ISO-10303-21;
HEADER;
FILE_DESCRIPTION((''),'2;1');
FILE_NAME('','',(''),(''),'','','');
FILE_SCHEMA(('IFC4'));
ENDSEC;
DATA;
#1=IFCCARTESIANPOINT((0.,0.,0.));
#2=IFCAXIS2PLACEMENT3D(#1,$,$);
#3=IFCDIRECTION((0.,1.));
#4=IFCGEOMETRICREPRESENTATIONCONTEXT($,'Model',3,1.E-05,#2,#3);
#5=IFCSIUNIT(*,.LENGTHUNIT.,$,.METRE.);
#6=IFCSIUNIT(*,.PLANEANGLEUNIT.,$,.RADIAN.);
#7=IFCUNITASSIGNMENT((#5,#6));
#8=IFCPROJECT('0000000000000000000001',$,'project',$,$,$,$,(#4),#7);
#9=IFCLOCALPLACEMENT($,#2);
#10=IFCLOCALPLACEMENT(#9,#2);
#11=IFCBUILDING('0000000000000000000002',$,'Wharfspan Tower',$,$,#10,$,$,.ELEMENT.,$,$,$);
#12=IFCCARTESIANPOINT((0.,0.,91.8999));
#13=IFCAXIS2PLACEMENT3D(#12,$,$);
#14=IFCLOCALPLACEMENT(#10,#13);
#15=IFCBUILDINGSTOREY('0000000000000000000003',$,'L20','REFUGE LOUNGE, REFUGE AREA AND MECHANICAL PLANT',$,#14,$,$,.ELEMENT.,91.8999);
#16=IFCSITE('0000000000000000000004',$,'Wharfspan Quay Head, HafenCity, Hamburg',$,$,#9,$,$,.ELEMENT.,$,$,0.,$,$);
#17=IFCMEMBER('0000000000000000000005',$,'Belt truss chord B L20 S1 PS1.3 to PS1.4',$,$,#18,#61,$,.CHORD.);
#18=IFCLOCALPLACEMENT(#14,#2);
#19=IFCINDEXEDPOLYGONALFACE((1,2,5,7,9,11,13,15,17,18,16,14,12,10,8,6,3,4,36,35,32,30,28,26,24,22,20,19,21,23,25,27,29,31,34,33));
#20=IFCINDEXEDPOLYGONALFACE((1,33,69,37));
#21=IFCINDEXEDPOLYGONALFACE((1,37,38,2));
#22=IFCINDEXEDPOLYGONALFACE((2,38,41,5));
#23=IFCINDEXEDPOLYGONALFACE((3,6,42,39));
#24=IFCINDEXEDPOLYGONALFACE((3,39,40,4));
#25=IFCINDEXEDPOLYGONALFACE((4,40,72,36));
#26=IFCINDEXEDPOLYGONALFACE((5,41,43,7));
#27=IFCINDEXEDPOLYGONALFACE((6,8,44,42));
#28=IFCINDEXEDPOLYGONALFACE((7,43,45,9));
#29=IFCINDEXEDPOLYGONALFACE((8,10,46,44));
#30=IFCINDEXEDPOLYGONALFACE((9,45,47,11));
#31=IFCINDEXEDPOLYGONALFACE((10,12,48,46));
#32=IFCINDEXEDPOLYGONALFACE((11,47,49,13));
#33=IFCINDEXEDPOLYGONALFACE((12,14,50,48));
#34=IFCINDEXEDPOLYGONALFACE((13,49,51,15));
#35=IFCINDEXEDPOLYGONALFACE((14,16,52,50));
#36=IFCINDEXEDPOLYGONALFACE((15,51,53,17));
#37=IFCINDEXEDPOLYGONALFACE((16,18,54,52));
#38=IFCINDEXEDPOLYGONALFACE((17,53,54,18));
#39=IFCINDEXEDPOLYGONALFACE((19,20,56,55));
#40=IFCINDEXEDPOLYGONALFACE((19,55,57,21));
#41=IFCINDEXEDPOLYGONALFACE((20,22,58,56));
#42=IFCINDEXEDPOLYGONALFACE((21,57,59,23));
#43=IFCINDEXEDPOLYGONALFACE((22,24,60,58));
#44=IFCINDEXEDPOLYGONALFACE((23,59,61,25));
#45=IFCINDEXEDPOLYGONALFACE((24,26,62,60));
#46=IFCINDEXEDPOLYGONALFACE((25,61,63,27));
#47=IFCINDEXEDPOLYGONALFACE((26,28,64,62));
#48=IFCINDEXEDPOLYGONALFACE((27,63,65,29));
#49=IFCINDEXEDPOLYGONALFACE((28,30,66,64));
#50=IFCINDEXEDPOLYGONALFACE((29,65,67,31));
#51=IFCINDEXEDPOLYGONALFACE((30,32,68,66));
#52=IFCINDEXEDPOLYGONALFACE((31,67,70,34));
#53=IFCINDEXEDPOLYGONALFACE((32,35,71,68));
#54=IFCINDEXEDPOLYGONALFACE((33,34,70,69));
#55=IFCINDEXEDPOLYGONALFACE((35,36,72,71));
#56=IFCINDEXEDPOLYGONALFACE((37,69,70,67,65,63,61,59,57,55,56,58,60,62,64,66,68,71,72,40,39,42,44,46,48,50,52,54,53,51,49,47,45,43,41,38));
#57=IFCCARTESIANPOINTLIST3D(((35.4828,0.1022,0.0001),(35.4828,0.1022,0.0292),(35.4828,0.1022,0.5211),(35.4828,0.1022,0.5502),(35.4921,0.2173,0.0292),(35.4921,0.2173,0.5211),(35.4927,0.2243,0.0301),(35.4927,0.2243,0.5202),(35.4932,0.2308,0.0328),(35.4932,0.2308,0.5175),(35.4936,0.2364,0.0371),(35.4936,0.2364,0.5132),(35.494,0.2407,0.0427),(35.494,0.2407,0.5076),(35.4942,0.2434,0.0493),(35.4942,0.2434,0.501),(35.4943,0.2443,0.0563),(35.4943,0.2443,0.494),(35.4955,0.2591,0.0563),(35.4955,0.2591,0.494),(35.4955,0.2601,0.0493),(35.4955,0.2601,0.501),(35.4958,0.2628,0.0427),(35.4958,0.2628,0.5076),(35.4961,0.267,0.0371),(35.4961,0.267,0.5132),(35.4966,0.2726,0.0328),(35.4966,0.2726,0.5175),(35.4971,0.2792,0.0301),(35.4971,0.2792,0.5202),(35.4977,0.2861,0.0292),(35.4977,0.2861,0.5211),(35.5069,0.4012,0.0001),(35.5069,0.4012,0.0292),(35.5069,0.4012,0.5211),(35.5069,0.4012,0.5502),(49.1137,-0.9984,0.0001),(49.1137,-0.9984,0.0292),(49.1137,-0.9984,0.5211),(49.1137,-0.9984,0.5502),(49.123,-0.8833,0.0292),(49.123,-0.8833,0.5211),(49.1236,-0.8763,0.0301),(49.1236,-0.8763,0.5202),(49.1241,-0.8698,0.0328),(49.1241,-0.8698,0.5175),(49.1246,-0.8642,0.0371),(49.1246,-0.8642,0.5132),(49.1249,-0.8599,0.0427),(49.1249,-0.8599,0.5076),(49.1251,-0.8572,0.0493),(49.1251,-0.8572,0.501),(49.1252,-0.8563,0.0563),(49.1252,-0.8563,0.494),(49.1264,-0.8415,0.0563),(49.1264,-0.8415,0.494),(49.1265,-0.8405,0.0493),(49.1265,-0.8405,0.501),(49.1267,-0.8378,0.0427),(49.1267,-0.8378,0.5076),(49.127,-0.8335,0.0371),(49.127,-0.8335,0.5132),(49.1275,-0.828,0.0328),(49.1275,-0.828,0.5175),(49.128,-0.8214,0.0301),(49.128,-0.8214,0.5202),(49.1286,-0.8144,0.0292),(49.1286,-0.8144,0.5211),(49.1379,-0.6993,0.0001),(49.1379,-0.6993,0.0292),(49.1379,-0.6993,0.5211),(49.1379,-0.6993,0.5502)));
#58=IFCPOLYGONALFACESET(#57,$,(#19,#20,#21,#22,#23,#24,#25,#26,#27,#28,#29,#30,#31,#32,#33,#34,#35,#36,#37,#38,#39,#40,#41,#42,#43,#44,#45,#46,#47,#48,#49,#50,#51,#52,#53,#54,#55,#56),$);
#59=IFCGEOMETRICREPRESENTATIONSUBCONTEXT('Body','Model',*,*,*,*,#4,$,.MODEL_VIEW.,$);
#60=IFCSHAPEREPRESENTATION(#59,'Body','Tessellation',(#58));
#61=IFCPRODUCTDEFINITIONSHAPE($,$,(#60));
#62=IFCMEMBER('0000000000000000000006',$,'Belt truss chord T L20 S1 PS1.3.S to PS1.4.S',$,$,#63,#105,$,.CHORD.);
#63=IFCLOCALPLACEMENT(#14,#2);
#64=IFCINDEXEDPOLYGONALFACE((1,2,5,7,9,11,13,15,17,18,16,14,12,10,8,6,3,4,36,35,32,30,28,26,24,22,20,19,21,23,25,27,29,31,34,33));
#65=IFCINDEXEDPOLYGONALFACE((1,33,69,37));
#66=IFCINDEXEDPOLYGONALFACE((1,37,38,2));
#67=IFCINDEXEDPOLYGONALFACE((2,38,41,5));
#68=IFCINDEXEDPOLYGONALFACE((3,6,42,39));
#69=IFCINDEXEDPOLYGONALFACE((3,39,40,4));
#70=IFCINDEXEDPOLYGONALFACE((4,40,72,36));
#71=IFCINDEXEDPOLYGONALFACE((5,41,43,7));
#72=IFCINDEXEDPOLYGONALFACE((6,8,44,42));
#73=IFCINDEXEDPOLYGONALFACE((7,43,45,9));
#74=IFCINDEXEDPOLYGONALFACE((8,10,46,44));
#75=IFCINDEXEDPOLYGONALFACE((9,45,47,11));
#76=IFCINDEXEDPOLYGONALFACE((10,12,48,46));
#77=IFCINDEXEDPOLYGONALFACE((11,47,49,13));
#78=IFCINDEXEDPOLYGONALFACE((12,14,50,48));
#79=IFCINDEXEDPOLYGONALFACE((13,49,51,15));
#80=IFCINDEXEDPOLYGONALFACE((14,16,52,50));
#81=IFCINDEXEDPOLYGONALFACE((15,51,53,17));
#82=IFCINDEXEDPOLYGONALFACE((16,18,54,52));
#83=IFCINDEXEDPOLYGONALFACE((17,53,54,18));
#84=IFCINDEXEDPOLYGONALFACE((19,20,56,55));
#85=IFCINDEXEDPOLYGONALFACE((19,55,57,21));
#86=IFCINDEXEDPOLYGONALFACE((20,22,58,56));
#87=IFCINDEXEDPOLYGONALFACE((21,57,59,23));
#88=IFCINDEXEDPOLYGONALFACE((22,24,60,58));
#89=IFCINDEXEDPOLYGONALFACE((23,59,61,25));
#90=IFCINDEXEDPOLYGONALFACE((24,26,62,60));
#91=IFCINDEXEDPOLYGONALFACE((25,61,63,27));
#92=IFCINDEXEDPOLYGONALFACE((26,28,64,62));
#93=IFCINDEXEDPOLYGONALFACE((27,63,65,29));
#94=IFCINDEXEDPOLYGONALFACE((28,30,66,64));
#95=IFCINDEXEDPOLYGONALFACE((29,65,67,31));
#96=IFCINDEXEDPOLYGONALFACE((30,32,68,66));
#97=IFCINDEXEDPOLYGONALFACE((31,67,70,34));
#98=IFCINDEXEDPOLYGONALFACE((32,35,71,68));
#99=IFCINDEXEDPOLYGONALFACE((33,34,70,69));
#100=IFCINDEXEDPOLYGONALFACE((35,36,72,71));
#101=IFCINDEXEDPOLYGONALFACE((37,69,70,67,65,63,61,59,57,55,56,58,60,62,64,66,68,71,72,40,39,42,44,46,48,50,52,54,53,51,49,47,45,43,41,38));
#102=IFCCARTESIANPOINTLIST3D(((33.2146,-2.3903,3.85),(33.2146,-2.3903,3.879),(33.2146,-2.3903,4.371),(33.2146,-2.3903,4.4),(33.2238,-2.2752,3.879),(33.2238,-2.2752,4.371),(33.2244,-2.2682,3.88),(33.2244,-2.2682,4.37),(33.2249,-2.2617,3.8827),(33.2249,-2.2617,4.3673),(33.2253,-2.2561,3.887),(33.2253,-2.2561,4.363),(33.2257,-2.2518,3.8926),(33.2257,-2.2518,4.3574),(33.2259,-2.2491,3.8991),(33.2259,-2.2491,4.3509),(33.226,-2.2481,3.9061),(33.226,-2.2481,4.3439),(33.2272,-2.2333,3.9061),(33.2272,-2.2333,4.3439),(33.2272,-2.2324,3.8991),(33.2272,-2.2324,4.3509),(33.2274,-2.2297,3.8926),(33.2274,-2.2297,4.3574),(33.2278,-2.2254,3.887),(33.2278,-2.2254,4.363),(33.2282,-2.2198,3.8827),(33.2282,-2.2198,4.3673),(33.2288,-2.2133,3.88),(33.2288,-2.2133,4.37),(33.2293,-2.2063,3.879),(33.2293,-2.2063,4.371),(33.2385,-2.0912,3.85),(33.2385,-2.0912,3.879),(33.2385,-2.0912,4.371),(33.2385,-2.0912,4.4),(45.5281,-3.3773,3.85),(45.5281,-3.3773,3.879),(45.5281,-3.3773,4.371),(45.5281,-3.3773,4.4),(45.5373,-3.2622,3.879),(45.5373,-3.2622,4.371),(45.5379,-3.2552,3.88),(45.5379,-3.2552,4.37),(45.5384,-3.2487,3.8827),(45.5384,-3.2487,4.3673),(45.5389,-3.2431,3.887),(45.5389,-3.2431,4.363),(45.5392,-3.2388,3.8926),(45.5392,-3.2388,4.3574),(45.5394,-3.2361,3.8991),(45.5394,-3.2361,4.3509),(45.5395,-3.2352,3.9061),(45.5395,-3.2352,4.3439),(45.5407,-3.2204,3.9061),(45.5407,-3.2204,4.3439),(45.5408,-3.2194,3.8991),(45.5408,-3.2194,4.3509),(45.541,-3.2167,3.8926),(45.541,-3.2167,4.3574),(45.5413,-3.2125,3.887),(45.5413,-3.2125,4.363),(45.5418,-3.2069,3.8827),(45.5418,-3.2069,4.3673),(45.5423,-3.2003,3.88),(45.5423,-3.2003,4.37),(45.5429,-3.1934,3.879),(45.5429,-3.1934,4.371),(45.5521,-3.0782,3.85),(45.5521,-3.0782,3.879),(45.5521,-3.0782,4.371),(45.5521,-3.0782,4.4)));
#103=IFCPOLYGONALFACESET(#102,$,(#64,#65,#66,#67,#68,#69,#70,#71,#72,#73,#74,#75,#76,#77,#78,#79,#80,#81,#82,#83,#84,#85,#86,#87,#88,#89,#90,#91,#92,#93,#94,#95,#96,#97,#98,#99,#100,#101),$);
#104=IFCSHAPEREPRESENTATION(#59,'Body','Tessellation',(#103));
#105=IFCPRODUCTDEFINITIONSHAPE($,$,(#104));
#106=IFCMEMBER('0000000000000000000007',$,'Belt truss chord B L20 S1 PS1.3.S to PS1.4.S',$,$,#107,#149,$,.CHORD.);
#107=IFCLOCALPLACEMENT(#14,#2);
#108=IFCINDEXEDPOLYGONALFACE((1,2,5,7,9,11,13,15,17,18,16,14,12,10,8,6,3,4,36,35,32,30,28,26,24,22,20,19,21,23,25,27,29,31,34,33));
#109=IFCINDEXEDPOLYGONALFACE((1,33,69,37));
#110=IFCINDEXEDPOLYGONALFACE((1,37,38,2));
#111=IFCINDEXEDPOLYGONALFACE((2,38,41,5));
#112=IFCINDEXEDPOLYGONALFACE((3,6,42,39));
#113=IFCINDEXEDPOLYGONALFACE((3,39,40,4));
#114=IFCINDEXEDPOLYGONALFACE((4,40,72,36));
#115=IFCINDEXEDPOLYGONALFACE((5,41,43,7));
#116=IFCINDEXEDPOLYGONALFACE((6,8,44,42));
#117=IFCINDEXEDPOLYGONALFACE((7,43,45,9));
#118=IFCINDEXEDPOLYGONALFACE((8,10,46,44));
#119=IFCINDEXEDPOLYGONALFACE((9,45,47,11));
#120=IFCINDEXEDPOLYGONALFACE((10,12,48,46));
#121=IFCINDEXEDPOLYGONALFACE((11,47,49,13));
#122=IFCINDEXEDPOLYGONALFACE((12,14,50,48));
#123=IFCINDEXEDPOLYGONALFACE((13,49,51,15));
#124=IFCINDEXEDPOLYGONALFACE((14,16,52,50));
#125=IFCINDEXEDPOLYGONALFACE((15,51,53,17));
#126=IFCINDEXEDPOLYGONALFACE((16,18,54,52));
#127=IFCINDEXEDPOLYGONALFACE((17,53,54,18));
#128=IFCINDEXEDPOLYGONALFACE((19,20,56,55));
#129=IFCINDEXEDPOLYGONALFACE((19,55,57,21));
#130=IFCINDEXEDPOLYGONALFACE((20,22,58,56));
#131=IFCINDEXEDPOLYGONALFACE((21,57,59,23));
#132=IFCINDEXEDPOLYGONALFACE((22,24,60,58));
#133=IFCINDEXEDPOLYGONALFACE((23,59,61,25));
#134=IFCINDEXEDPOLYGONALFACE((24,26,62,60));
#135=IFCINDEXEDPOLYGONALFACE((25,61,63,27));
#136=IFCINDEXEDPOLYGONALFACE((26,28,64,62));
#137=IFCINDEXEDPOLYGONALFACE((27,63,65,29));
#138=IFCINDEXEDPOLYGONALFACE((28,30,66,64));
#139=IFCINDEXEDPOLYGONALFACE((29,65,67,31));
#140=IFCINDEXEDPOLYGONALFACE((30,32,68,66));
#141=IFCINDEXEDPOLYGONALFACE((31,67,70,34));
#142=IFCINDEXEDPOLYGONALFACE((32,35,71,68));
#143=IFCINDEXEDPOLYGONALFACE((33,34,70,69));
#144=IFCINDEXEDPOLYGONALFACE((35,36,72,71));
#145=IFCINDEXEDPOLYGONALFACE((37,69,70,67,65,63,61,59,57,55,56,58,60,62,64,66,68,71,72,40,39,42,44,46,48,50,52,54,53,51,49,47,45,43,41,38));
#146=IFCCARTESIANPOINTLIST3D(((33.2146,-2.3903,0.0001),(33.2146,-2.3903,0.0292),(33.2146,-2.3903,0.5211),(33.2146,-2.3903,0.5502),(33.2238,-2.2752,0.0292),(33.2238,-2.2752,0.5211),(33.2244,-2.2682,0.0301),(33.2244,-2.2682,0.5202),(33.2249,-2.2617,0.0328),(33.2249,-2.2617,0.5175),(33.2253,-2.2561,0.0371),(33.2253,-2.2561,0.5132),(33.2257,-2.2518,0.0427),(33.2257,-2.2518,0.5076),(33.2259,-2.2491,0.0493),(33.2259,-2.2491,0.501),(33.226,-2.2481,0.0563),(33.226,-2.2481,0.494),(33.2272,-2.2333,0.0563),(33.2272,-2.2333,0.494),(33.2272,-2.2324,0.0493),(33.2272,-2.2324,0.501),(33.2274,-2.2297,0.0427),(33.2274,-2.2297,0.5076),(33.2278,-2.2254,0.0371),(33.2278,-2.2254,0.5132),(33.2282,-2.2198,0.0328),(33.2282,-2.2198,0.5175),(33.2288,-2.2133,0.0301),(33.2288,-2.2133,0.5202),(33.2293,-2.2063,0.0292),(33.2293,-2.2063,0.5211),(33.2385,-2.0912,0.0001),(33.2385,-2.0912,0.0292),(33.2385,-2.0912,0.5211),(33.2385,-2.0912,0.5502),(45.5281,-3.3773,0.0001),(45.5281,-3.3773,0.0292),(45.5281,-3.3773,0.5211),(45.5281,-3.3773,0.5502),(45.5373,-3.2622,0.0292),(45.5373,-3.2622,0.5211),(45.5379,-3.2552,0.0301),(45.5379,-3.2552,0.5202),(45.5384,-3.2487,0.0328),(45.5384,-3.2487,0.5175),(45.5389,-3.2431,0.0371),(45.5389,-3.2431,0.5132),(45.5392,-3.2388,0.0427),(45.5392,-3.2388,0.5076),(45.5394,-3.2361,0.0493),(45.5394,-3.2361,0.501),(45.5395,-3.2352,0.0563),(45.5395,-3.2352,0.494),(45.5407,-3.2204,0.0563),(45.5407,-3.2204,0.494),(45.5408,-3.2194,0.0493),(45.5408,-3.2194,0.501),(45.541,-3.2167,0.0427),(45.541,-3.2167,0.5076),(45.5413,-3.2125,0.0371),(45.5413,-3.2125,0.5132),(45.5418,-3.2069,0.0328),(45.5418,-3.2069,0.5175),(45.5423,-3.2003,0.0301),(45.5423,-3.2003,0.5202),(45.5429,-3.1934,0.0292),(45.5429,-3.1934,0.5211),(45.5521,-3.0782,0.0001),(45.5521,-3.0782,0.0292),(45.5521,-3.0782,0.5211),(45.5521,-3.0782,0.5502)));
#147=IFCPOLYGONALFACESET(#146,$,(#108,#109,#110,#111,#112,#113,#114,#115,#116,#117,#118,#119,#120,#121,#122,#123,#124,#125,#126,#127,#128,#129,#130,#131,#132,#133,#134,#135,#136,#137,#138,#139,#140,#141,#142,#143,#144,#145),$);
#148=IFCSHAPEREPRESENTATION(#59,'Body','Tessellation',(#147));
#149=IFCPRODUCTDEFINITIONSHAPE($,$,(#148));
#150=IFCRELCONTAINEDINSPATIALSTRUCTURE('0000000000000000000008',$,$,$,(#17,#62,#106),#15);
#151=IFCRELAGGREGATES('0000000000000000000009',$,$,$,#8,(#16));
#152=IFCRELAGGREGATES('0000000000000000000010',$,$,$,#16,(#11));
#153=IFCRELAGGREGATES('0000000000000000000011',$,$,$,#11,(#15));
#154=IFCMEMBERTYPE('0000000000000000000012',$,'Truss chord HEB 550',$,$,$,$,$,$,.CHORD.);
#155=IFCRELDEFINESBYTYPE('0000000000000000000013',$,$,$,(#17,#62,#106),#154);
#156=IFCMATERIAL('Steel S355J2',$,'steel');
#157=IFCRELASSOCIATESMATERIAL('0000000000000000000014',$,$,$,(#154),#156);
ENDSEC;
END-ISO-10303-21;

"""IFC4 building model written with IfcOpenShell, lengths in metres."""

from ifc_helpers import new_model, si_unit, direction, frame, origin, origin_2d, place, context, subcontext, project, spatial, i_section, extrude, material, material_profile, profile_set, type_object, element, save


model = new_model("IFC4")

# Units and contexts
model_context = context("Model", 3, precision=1e-05, world=origin(), true_north=direction((0.0, 1.0)))
body_context = subcontext(model_context, "Body", "Model", "MODEL_VIEW")
ifc_project = project(units=[si_unit("LENGTHUNIT", "METRE"), si_unit("PLANEANGLEUNIT", "RADIAN")], contexts=[model_context])

# Site, building, storey
site_placement = place(None, origin())
site = spatial("IfcSite", under=ifc_project, at=site_placement, Name="Wharfspan Quay Head, HafenCity, Hamburg", CompositionType="ELEMENT", RefElevation=0.0)
building_placement = place(site_placement, origin())
building = spatial("IfcBuilding", under=site, at=building_placement, Name="Wharfspan Tower", CompositionType="ELEMENT")
storey_placement = place(building_placement, frame((0.0, 0.0, 91.8999)))
storey = spatial("IfcBuildingStorey", under=building, at=storey_placement, Name="L20", Description="REFUGE LOUNGE, REFUGE AREA AND MECHANICAL PLANT", CompositionType="ELEMENT", Elevation=91.8999)

# Shared definitions
ifc_material_1 = material(Name="Steel S355J2", Category="steel")

# Members
ifc_material_profile_1 = material_profile(ifc_material_1, i_section(OverallWidth=0.3, OverallDepth=0.55, WebThickness=0.0149, FlangeThickness=0.0291, FilletRadius=0.0271, at=origin_2d()))
ifc_profile_set_1 = profile_set([ifc_material_profile_1], Name="Steel S355J2")
member_type_1 = type_object("IfcMemberType", Name="Truss chord HEB 550", PredefinedType="CHORD", material=ifc_profile_set_1)
for number, where, z_axis, x_axis, name in (
    (1, (35.4949, 0.2517, 0.2751), (0.996756, -0.08048, 0.0), (0.08048, 0.996756, 0.0), "Belt truss chord B L20 S1 PS1.3 to PS1.4"),
):
    element("IfcMember", number, at=place(storey_placement, frame(where, z_axis=z_axis, x_axis=x_axis)), inside=storey, type_object=member_type_1, Name=name, PredefinedType="CHORD", context=body_context, shape_type="SweptSolid", body=[
        extrude(i_section(OverallWidth=0.3, OverallDepth=0.55, WebThickness=0.0149, FlangeThickness=0.0291, FilletRadius=0.0271, at=origin_2d()), origin(), (0.0, 0.0, 1.0), 13.6753),
    ])
for number, where, z_axis, x_axis, name in (
    (2, (33.2266, -2.2407, 4.125), (0.996803, -0.079905, 0.0), (0.079905, 0.996803, 0.0), "Belt truss chord T L20 S1 PS1.3.S to PS1.4.S"),
    (3, (33.2266, -2.2407, 0.2751), (0.996803, -0.079905, 0.0), (0.079905, 0.996803, 0.0), "Belt truss chord B L20 S1 PS1.3.S to PS1.4.S"),
):
    element("IfcMember", number, at=place(storey_placement, frame(where, z_axis=z_axis, x_axis=x_axis)), inside=storey, type_object=member_type_1, Name=name, PredefinedType="CHORD", context=body_context, shape_type="SweptSolid", body=[
        extrude(i_section(OverallWidth=0.3, OverallDepth=0.55, WebThickness=0.0149, FlangeThickness=0.0291, FilletRadius=0.0271, at=origin_2d()), origin(), (0.0, 0.0, 1.0), 12.353),
    ])

save(model, "model.ifc")
